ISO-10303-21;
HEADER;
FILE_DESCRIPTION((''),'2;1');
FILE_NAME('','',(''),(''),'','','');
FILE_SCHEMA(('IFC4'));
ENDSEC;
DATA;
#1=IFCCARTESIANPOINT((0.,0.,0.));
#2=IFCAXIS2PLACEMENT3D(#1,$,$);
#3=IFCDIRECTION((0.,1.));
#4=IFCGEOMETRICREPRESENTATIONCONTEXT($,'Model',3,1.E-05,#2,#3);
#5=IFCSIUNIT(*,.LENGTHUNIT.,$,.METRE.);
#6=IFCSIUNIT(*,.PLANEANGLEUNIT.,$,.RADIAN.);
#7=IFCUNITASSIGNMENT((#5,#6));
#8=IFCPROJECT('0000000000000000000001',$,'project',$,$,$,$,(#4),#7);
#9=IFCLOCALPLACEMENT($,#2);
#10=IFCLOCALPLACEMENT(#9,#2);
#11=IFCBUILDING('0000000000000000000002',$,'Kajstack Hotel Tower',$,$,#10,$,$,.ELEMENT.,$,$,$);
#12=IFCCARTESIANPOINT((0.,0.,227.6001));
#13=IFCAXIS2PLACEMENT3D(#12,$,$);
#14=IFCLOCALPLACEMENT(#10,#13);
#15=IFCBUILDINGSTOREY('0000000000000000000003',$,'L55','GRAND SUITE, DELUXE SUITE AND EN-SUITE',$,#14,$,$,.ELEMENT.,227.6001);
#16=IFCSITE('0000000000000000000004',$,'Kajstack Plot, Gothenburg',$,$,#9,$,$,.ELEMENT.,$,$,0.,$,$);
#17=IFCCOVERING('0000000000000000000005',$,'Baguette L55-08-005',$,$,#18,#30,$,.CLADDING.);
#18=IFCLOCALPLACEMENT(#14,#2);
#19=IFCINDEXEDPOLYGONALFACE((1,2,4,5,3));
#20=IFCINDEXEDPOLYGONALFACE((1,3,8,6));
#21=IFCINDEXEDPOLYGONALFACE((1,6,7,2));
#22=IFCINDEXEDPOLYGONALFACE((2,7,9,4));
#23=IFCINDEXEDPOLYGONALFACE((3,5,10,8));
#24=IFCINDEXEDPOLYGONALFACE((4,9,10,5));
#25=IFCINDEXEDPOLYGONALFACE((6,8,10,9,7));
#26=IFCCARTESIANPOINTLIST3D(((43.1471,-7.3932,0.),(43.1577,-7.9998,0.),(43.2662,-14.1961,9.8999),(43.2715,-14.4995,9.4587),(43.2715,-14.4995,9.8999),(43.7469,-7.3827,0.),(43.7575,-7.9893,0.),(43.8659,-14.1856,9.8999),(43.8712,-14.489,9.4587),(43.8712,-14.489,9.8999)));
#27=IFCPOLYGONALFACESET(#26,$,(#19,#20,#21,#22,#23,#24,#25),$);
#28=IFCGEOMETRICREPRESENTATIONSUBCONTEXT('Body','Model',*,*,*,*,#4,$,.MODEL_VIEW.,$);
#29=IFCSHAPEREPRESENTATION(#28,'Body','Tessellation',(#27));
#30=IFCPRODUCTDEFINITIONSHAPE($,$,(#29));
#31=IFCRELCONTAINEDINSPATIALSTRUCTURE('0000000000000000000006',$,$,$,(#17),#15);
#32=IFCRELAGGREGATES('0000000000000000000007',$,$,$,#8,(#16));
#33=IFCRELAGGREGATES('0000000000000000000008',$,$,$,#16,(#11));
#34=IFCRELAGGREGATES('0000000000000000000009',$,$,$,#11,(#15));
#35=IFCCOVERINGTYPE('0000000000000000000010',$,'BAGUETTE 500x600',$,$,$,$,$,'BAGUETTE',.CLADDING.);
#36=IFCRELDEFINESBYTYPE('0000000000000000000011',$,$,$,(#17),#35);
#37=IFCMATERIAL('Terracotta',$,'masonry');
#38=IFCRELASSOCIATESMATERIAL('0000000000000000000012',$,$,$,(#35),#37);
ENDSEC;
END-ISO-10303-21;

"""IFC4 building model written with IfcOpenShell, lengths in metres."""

from ifc_helpers import new_model, si_unit, direction, frame, origin, origin_2d, place, context, subcontext, project, spatial, polyline, rectangle, outline, extrude, material, material_profile, profile_set, type_object, element, save


model = new_model("IFC4")

# Units and contexts
model_context = context("Model", 3, precision=1e-05, world=origin(), true_north=direction((0.0, 1.0)))
body_context = subcontext(model_context, "Body", "Model", "MODEL_VIEW")
ifc_project = project(units=[si_unit("LENGTHUNIT", "METRE"), si_unit("PLANEANGLEUNIT", "RADIAN")], contexts=[model_context])

# Site, building, storey
site_placement = place(None, origin())
site = spatial("IfcSite", under=ifc_project, at=site_placement, Name="Kajstack Plot, Gothenburg", CompositionType="ELEMENT", RefElevation=0.0)
building_placement = place(site_placement, origin())
building = spatial("IfcBuilding", under=site, at=building_placement, Name="Kajstack Hotel Tower", CompositionType="ELEMENT")
storey_placement = place(building_placement, frame((0.0, 0.0, 227.6001)))
storey = spatial("IfcBuildingStorey", under=building, at=storey_placement, Name="L55", Description="GRAND SUITE, DELUXE SUITE AND EN-SUITE", CompositionType="ELEMENT", Elevation=227.6001)

# Covering
ifc_material_1 = material(Name="Terracotta", Category="masonry")
ifc_material_profile = material_profile(ifc_material_1, rectangle(XDim=0.6001, YDim=0.5, at=origin_2d()), Name="Terracotta-clad concrete baguette 500 x 600")
ifc_profile_set = profile_set([ifc_material_profile], Name="Terracotta")
covering_type = type_object("IfcCoveringType", Name="BAGUETTE 500x600", ElementType="BAGUETTE", PredefinedType="CLADDING", material=ifc_profile_set)
covering_1_placement = place(storey_placement, frame((43.2715, -14.4995, 0.0), z_axis=(0.999847, 0.017498, 0.0), x_axis=(-0.017498, 0.999847, 0.0)))
element("IfcCovering", 1, at=covering_1_placement, inside=storey, type_object=covering_type, Name="Baguette L55-08-005", PredefinedType="CLADDING", context=body_context, shape_type="SweptSolid", body=[
    extrude(outline(polyline([(0.3035, 9.8999), (0.0, 9.8999), (0.0, 9.4587), (6.5007, 0.0), (7.1074, 0.0), (0.3035, 9.8999)])), origin(), (0.0, 0.0, 1.0), 0.5999),
])

save(model, "model.ifc")
